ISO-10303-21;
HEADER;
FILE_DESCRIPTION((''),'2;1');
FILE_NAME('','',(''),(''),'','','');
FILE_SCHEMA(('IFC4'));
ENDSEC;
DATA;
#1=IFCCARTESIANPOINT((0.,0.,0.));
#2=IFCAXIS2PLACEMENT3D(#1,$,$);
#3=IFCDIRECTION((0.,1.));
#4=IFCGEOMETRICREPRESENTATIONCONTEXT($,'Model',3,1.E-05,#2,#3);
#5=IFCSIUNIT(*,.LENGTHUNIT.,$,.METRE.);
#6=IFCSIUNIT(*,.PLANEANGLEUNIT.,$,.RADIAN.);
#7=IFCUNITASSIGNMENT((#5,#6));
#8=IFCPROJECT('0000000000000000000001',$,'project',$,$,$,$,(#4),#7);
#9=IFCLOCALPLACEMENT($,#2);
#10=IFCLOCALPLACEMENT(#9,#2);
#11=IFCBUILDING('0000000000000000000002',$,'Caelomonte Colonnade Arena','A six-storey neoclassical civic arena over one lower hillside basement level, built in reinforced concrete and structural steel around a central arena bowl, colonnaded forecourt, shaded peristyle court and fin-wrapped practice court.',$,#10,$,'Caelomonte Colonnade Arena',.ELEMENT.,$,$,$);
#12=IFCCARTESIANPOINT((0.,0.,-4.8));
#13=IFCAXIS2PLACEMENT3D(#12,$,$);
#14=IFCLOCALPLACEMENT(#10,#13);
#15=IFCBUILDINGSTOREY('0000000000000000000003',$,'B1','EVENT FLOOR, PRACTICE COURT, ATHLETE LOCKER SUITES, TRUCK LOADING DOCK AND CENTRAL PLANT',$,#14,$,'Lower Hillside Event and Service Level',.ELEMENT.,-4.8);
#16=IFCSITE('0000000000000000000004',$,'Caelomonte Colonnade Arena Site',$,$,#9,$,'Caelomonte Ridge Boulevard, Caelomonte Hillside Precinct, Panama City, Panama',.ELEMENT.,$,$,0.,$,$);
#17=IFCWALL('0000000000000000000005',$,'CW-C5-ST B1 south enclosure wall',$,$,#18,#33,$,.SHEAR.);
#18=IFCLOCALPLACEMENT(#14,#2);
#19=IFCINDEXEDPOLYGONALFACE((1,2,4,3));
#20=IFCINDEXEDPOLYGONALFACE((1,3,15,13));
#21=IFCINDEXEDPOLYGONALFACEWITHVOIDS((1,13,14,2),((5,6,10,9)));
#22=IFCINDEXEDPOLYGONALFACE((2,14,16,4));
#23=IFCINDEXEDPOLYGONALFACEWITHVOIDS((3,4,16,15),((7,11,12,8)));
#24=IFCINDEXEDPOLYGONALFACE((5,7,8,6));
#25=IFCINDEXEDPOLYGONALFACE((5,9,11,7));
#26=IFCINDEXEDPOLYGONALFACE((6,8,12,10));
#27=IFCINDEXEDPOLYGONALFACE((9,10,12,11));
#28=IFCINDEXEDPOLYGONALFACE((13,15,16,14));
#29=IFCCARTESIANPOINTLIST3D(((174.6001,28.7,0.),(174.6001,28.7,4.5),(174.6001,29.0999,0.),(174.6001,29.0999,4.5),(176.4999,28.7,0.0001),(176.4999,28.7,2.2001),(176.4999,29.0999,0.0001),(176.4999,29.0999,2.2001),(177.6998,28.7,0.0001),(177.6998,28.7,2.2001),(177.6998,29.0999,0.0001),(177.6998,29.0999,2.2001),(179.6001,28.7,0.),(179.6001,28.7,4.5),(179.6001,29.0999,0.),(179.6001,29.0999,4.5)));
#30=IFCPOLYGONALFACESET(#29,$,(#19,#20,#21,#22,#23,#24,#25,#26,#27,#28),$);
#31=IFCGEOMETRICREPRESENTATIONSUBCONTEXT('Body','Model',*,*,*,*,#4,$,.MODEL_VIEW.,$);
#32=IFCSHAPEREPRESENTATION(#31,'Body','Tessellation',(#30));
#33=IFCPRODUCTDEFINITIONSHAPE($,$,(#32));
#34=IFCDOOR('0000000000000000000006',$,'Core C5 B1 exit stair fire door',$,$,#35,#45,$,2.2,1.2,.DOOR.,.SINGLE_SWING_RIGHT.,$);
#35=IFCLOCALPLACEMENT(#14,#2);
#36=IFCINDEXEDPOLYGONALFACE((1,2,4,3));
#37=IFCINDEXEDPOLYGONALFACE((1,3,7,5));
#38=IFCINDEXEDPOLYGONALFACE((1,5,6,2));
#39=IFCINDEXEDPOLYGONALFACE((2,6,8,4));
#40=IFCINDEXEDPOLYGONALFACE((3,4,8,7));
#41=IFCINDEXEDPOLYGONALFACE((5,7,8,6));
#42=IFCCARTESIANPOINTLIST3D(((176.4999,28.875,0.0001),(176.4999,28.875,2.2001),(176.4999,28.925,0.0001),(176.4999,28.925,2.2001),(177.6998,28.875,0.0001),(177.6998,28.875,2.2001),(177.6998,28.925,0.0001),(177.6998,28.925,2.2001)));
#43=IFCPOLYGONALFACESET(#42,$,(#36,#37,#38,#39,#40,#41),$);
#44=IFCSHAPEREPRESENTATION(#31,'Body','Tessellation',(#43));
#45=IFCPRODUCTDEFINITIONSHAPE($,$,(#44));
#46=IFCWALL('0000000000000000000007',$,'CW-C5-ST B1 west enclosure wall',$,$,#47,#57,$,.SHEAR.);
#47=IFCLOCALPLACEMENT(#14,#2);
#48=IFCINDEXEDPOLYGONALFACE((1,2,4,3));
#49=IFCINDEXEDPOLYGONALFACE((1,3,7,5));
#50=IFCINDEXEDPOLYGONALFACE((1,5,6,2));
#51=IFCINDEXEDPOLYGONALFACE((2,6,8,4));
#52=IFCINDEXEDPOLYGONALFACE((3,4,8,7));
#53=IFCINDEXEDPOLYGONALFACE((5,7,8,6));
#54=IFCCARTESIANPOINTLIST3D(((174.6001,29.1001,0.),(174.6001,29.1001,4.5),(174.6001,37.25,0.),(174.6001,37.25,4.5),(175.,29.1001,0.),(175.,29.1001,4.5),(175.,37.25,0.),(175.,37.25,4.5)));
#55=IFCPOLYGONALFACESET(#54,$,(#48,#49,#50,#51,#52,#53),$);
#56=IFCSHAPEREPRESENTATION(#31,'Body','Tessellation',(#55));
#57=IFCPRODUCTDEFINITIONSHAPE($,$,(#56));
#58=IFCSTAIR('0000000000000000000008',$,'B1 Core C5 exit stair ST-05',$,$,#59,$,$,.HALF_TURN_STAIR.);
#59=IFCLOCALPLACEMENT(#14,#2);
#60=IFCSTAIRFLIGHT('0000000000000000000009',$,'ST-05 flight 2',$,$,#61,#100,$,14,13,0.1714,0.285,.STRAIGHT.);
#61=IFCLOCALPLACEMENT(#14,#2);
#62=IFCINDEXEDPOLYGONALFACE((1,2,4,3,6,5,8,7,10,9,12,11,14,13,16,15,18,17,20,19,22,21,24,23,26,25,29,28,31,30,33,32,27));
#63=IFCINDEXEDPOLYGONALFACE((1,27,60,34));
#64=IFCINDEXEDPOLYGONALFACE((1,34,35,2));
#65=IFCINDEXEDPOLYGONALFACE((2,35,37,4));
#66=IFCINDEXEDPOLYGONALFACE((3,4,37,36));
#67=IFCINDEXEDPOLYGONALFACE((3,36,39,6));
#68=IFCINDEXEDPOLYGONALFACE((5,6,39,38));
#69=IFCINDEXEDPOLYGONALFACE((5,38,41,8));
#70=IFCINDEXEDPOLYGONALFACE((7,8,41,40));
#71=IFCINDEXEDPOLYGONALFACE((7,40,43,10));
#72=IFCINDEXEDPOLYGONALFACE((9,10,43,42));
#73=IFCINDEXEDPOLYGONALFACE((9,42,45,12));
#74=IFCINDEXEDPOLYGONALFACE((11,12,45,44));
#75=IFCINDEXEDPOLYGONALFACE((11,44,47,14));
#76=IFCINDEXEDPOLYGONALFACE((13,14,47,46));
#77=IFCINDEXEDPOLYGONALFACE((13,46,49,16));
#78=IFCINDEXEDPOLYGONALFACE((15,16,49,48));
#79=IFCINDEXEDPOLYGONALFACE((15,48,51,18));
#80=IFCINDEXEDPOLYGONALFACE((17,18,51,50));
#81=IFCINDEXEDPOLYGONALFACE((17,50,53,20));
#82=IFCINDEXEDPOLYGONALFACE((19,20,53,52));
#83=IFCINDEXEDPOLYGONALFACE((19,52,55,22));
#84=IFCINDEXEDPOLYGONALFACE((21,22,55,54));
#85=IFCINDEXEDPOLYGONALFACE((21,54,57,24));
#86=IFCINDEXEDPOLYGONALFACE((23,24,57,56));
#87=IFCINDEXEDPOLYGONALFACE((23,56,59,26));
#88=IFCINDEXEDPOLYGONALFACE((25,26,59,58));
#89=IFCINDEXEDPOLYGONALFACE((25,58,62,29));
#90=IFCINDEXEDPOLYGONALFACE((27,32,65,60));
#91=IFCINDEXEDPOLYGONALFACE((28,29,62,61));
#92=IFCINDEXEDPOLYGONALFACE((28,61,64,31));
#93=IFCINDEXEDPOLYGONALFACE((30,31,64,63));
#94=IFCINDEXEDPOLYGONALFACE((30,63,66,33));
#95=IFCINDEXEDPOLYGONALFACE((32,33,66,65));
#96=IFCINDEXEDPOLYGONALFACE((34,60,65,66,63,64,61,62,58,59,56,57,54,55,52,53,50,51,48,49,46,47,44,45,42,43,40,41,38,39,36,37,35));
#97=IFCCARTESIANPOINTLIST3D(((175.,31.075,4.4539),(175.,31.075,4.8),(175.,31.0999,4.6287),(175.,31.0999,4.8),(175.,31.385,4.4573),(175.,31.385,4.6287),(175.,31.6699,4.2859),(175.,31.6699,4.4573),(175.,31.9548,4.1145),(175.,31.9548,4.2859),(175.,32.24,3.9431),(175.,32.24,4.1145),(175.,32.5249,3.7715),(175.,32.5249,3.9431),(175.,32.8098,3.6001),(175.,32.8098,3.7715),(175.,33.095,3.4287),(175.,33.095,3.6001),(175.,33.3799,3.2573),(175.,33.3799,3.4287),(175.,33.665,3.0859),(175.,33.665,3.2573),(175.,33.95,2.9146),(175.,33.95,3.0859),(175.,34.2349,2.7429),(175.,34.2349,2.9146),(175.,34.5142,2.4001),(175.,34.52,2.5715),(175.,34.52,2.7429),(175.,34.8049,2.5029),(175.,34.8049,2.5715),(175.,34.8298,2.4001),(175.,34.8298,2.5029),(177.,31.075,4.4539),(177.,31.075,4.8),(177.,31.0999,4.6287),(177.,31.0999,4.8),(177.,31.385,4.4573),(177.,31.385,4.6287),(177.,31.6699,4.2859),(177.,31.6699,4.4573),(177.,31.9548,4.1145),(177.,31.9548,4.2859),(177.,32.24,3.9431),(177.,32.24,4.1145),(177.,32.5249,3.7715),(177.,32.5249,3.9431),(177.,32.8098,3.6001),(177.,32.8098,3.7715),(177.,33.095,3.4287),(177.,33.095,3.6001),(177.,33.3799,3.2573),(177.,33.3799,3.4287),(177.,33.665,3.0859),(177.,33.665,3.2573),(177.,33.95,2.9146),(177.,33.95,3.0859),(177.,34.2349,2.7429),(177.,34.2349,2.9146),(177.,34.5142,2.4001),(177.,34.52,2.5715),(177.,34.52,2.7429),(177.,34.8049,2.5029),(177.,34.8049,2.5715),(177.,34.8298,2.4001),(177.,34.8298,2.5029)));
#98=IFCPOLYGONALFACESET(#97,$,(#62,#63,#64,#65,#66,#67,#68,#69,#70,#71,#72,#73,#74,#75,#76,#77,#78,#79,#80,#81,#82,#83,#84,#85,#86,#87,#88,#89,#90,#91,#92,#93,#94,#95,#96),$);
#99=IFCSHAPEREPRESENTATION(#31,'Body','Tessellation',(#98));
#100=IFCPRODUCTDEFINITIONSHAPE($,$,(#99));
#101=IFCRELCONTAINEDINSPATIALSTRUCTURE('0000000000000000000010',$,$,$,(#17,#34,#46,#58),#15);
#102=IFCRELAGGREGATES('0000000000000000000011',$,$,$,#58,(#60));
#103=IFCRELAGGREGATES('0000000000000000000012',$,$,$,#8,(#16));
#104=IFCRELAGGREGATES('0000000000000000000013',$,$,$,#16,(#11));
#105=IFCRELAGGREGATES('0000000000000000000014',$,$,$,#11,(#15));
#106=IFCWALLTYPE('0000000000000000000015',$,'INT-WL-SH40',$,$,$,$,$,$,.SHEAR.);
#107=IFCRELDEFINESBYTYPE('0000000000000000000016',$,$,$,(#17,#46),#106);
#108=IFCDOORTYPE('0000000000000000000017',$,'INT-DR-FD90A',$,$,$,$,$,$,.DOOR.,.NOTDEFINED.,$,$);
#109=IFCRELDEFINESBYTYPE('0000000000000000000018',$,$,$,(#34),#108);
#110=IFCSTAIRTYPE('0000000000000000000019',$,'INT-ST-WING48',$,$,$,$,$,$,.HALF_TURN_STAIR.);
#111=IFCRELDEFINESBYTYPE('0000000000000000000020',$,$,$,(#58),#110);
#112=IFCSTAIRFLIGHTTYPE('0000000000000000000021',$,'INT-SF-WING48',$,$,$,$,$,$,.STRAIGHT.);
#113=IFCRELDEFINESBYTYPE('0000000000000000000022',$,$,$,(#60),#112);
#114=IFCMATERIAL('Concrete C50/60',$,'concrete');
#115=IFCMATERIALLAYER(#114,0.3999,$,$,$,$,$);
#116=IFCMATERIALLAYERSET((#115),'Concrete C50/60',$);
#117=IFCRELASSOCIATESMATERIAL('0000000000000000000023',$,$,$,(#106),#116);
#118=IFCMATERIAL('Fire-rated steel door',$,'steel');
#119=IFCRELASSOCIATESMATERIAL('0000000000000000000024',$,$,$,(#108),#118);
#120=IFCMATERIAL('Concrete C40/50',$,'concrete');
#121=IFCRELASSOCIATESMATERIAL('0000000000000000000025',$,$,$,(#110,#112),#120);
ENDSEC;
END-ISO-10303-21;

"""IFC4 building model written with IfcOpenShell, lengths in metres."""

from ifc_helpers import new_model, si_unit, direction, frame, frame_2d, origin, place, context, subcontext, project, spatial, polyline, rectangle, outline, extrude, material, layer, layer_set, type_object, element, fill, aggregate, save


model = new_model("IFC4")

# Units and contexts
model_context = context("Model", 3, precision=1e-05, world=origin(), true_north=direction((0.0, 1.0)))
body_context = subcontext(model_context, "Body", "Model", "MODEL_VIEW")
ifc_project = project(units=[si_unit("LENGTHUNIT", "METRE"), si_unit("PLANEANGLEUNIT", "RADIAN")], contexts=[model_context])

# Site, building, storey
site_placement = place(None, origin())
site = spatial("IfcSite", under=ifc_project, at=site_placement, Name="Caelomonte Colonnade Arena Site", LongName="Caelomonte Ridge Boulevard, Caelomonte Hillside Precinct, Panama City, Panama", CompositionType="ELEMENT", RefElevation=0.0)
building_placement = place(site_placement, origin())
building = spatial("IfcBuilding", under=site, at=building_placement, Name="Caelomonte Colonnade Arena", Description="A six-storey neoclassical civic arena over one lower hillside basement level, built in reinforced concrete and structural steel around a central arena bowl, colonnaded forecourt, shaded peristyle court and fin-wrapped practice court.", LongName="Caelomonte Colonnade Arena", CompositionType="ELEMENT")
storey_placement = place(building_placement, frame((0.0, 0.0, -4.8)))
storey = spatial("IfcBuildingStorey", under=building, at=storey_placement, Name="B1", Description="EVENT FLOOR, PRACTICE COURT, ATHLETE LOCKER SUITES, TRUCK LOADING DOCK AND CENTRAL PLANT", LongName="Lower Hillside Event and Service Level", CompositionType="ELEMENT", Elevation=-4.8)

# Shared definitions
ifc_material_1 = material(Name="Concrete C40/50", Category="concrete")

# Wall, opening, door
ifc_material_2 = material(Name="Concrete C50/60", Category="concrete")
ifc_layer_1 = layer(ifc_material_2, 0.3999)
ifc_layer_set_1 = layer_set([ifc_layer_1], Name="Concrete C50/60")
wall_type_1 = type_object("IfcWallType", Name="INT-WL-SH40", PredefinedType="SHEAR", material=ifc_layer_set_1)
wall_1_placement = place(storey_placement, frame((174.6001, 28.8999, 0.0), z_axis=(0.0, 0.0, 1.0), x_axis=(1.0, 0.0, 0.0)))
wall_1 = element("IfcWall", 1, at=wall_1_placement, inside=storey, type_object=wall_type_1, Name="CW-C5-ST B1 south enclosure wall", PredefinedType="SHEAR", context=body_context, shape_type="SweptSolid", body=[
    extrude(rectangle(XDim=5.0, YDim=0.3999, at=frame_2d((2.5, 0.0))), origin(), (0.0, 0.0, 1.0), 4.5),
])
opening_1_placement = place(wall_1_placement, frame((3.0999, 0.0, 0.0), z_axis=(0.0, 0.0, 1.0), x_axis=(-1.0, 0.0, 0.0)))
opening_1 = element("IfcOpeningElement", 2, at=opening_1_placement, cuts=wall_1, PredefinedType="OPENING", context=body_context, shape_type="SweptSolid", body=[
    extrude(rectangle(XDim=1.2, YDim=2.2, at=frame_2d((0.6001, 1.1001))), frame((0.0, 0.21, 0.0), z_axis=(0.0, -1.0, 0.0), x_axis=(1.0, 0.0, 0.0)), (0.0, 0.0, 1.0), 0.4199),
])
ifc_material_3 = material(Name="Fire-rated steel door", Category="steel")
door_type_1 = type_object("IfcDoorType", Name="INT-DR-FD90A", OperationType="NOTDEFINED", PredefinedType="DOOR", material=ifc_material_3)
door_1_placement = place(opening_1_placement, origin())
door_1 = element("IfcDoor", 3, at=door_1_placement, inside=storey, type_object=door_type_1, Name="Core C5 B1 exit stair fire door", OperationType="SINGLE_SWING_RIGHT", OverallHeight=2.2, OverallWidth=1.2, PredefinedType="DOOR", context=body_context, shape_type="SweptSolid", body=[
    extrude(rectangle(XDim=1.2, YDim=2.2, at=frame_2d((0.6001, 1.1001))), frame((0.0, 0.0249, 0.0), z_axis=(0.0, -1.0, 0.0), x_axis=(1.0, 0.0, 0.0)), (0.0, 0.0, 1.0), 0.05),
])
fill(opening_1, door_1)

# Wall
wall_2_placement = place(storey_placement, frame((174.8, 37.25, 0.0), z_axis=(0.0, 0.0, 1.0), x_axis=(0.0, -1.0, 0.0)))
element("IfcWall", 4, at=wall_2_placement, inside=storey, type_object=wall_type_1, Name="CW-C5-ST B1 west enclosure wall", PredefinedType="SHEAR", context=body_context, shape_type="SweptSolid", body=[
    extrude(rectangle(XDim=8.1499, YDim=0.3999, at=frame_2d((4.075, 0.0))), origin(), (0.0, 0.0, 1.0), 4.5),
])

# Stair, stair flight
stair_type = type_object("IfcStairType", Name="INT-ST-WING48", PredefinedType="HALF_TURN_STAIR", material=ifc_material_1)
stair_placement = place(storey_placement, origin())
stair = element("IfcStair", 5, at=stair_placement, inside=storey, type_object=stair_type, Name="B1 Core C5 exit stair ST-05", PredefinedType="HALF_TURN_STAIR")
stair_flight_type = type_object("IfcStairFlightType", Name="INT-SF-WING48", PredefinedType="STRAIGHT", material=ifc_material_1)
stair_flight_placement = place(storey_placement, frame((176.0, 34.8049, 2.4001), z_axis=(0.0, 0.0, 1.0), x_axis=(0.0, -1.0, 0.0)))
stair_flight = element("IfcStairFlight", 6, at=stair_flight_placement, type_object=stair_flight_type, Name="ST-05 flight 2", NumberOfRisers=14, NumberOfTreads=13, PredefinedType="STRAIGHT", RiserHeight=0.1714, TreadLength=0.285, context=body_context, shape_type="SweptSolid", body=[
    extrude(outline(polyline([(-0.0249, 0.0), (-0.0249, 0.1028), (0.0, 0.1028), (0.0, 0.1714), (0.2849, 0.1714), (0.2849, 0.3428), (0.5701, 0.3428), (0.5701, 0.5144), (0.855, 0.5144), (0.855, 0.6858), (1.1399, 0.6858), (1.1399, 0.8572), (1.425, 0.8572), (1.425, 1.0286), (1.71, 1.0286), (1.71, 1.2), (1.9951, 1.2), (1.9951, 1.3713), (2.28, 1.3713), (2.28, 1.543), (2.5649, 1.543), (2.5649, 1.7144), (2.8501, 1.7144), (2.8501, 1.8857), (3.135, 1.8857), (3.135, 2.0571), (3.4199, 2.0571), (3.4199, 2.2285), (3.7051, 2.2285), (3.7051, 2.3999), (3.73, 2.3999), (3.73, 2.0537), (0.2908, 0.0), (-0.0249, 0.0)])), frame((0.0, 1.0, 0.0), z_axis=(0.0, -1.0, 0.0), x_axis=(1.0, 0.0, 0.0)), (0.0, 0.0, 1.0), 2.0),
])
aggregate(stair, [stair_flight])

save(model, "model.ifc")
